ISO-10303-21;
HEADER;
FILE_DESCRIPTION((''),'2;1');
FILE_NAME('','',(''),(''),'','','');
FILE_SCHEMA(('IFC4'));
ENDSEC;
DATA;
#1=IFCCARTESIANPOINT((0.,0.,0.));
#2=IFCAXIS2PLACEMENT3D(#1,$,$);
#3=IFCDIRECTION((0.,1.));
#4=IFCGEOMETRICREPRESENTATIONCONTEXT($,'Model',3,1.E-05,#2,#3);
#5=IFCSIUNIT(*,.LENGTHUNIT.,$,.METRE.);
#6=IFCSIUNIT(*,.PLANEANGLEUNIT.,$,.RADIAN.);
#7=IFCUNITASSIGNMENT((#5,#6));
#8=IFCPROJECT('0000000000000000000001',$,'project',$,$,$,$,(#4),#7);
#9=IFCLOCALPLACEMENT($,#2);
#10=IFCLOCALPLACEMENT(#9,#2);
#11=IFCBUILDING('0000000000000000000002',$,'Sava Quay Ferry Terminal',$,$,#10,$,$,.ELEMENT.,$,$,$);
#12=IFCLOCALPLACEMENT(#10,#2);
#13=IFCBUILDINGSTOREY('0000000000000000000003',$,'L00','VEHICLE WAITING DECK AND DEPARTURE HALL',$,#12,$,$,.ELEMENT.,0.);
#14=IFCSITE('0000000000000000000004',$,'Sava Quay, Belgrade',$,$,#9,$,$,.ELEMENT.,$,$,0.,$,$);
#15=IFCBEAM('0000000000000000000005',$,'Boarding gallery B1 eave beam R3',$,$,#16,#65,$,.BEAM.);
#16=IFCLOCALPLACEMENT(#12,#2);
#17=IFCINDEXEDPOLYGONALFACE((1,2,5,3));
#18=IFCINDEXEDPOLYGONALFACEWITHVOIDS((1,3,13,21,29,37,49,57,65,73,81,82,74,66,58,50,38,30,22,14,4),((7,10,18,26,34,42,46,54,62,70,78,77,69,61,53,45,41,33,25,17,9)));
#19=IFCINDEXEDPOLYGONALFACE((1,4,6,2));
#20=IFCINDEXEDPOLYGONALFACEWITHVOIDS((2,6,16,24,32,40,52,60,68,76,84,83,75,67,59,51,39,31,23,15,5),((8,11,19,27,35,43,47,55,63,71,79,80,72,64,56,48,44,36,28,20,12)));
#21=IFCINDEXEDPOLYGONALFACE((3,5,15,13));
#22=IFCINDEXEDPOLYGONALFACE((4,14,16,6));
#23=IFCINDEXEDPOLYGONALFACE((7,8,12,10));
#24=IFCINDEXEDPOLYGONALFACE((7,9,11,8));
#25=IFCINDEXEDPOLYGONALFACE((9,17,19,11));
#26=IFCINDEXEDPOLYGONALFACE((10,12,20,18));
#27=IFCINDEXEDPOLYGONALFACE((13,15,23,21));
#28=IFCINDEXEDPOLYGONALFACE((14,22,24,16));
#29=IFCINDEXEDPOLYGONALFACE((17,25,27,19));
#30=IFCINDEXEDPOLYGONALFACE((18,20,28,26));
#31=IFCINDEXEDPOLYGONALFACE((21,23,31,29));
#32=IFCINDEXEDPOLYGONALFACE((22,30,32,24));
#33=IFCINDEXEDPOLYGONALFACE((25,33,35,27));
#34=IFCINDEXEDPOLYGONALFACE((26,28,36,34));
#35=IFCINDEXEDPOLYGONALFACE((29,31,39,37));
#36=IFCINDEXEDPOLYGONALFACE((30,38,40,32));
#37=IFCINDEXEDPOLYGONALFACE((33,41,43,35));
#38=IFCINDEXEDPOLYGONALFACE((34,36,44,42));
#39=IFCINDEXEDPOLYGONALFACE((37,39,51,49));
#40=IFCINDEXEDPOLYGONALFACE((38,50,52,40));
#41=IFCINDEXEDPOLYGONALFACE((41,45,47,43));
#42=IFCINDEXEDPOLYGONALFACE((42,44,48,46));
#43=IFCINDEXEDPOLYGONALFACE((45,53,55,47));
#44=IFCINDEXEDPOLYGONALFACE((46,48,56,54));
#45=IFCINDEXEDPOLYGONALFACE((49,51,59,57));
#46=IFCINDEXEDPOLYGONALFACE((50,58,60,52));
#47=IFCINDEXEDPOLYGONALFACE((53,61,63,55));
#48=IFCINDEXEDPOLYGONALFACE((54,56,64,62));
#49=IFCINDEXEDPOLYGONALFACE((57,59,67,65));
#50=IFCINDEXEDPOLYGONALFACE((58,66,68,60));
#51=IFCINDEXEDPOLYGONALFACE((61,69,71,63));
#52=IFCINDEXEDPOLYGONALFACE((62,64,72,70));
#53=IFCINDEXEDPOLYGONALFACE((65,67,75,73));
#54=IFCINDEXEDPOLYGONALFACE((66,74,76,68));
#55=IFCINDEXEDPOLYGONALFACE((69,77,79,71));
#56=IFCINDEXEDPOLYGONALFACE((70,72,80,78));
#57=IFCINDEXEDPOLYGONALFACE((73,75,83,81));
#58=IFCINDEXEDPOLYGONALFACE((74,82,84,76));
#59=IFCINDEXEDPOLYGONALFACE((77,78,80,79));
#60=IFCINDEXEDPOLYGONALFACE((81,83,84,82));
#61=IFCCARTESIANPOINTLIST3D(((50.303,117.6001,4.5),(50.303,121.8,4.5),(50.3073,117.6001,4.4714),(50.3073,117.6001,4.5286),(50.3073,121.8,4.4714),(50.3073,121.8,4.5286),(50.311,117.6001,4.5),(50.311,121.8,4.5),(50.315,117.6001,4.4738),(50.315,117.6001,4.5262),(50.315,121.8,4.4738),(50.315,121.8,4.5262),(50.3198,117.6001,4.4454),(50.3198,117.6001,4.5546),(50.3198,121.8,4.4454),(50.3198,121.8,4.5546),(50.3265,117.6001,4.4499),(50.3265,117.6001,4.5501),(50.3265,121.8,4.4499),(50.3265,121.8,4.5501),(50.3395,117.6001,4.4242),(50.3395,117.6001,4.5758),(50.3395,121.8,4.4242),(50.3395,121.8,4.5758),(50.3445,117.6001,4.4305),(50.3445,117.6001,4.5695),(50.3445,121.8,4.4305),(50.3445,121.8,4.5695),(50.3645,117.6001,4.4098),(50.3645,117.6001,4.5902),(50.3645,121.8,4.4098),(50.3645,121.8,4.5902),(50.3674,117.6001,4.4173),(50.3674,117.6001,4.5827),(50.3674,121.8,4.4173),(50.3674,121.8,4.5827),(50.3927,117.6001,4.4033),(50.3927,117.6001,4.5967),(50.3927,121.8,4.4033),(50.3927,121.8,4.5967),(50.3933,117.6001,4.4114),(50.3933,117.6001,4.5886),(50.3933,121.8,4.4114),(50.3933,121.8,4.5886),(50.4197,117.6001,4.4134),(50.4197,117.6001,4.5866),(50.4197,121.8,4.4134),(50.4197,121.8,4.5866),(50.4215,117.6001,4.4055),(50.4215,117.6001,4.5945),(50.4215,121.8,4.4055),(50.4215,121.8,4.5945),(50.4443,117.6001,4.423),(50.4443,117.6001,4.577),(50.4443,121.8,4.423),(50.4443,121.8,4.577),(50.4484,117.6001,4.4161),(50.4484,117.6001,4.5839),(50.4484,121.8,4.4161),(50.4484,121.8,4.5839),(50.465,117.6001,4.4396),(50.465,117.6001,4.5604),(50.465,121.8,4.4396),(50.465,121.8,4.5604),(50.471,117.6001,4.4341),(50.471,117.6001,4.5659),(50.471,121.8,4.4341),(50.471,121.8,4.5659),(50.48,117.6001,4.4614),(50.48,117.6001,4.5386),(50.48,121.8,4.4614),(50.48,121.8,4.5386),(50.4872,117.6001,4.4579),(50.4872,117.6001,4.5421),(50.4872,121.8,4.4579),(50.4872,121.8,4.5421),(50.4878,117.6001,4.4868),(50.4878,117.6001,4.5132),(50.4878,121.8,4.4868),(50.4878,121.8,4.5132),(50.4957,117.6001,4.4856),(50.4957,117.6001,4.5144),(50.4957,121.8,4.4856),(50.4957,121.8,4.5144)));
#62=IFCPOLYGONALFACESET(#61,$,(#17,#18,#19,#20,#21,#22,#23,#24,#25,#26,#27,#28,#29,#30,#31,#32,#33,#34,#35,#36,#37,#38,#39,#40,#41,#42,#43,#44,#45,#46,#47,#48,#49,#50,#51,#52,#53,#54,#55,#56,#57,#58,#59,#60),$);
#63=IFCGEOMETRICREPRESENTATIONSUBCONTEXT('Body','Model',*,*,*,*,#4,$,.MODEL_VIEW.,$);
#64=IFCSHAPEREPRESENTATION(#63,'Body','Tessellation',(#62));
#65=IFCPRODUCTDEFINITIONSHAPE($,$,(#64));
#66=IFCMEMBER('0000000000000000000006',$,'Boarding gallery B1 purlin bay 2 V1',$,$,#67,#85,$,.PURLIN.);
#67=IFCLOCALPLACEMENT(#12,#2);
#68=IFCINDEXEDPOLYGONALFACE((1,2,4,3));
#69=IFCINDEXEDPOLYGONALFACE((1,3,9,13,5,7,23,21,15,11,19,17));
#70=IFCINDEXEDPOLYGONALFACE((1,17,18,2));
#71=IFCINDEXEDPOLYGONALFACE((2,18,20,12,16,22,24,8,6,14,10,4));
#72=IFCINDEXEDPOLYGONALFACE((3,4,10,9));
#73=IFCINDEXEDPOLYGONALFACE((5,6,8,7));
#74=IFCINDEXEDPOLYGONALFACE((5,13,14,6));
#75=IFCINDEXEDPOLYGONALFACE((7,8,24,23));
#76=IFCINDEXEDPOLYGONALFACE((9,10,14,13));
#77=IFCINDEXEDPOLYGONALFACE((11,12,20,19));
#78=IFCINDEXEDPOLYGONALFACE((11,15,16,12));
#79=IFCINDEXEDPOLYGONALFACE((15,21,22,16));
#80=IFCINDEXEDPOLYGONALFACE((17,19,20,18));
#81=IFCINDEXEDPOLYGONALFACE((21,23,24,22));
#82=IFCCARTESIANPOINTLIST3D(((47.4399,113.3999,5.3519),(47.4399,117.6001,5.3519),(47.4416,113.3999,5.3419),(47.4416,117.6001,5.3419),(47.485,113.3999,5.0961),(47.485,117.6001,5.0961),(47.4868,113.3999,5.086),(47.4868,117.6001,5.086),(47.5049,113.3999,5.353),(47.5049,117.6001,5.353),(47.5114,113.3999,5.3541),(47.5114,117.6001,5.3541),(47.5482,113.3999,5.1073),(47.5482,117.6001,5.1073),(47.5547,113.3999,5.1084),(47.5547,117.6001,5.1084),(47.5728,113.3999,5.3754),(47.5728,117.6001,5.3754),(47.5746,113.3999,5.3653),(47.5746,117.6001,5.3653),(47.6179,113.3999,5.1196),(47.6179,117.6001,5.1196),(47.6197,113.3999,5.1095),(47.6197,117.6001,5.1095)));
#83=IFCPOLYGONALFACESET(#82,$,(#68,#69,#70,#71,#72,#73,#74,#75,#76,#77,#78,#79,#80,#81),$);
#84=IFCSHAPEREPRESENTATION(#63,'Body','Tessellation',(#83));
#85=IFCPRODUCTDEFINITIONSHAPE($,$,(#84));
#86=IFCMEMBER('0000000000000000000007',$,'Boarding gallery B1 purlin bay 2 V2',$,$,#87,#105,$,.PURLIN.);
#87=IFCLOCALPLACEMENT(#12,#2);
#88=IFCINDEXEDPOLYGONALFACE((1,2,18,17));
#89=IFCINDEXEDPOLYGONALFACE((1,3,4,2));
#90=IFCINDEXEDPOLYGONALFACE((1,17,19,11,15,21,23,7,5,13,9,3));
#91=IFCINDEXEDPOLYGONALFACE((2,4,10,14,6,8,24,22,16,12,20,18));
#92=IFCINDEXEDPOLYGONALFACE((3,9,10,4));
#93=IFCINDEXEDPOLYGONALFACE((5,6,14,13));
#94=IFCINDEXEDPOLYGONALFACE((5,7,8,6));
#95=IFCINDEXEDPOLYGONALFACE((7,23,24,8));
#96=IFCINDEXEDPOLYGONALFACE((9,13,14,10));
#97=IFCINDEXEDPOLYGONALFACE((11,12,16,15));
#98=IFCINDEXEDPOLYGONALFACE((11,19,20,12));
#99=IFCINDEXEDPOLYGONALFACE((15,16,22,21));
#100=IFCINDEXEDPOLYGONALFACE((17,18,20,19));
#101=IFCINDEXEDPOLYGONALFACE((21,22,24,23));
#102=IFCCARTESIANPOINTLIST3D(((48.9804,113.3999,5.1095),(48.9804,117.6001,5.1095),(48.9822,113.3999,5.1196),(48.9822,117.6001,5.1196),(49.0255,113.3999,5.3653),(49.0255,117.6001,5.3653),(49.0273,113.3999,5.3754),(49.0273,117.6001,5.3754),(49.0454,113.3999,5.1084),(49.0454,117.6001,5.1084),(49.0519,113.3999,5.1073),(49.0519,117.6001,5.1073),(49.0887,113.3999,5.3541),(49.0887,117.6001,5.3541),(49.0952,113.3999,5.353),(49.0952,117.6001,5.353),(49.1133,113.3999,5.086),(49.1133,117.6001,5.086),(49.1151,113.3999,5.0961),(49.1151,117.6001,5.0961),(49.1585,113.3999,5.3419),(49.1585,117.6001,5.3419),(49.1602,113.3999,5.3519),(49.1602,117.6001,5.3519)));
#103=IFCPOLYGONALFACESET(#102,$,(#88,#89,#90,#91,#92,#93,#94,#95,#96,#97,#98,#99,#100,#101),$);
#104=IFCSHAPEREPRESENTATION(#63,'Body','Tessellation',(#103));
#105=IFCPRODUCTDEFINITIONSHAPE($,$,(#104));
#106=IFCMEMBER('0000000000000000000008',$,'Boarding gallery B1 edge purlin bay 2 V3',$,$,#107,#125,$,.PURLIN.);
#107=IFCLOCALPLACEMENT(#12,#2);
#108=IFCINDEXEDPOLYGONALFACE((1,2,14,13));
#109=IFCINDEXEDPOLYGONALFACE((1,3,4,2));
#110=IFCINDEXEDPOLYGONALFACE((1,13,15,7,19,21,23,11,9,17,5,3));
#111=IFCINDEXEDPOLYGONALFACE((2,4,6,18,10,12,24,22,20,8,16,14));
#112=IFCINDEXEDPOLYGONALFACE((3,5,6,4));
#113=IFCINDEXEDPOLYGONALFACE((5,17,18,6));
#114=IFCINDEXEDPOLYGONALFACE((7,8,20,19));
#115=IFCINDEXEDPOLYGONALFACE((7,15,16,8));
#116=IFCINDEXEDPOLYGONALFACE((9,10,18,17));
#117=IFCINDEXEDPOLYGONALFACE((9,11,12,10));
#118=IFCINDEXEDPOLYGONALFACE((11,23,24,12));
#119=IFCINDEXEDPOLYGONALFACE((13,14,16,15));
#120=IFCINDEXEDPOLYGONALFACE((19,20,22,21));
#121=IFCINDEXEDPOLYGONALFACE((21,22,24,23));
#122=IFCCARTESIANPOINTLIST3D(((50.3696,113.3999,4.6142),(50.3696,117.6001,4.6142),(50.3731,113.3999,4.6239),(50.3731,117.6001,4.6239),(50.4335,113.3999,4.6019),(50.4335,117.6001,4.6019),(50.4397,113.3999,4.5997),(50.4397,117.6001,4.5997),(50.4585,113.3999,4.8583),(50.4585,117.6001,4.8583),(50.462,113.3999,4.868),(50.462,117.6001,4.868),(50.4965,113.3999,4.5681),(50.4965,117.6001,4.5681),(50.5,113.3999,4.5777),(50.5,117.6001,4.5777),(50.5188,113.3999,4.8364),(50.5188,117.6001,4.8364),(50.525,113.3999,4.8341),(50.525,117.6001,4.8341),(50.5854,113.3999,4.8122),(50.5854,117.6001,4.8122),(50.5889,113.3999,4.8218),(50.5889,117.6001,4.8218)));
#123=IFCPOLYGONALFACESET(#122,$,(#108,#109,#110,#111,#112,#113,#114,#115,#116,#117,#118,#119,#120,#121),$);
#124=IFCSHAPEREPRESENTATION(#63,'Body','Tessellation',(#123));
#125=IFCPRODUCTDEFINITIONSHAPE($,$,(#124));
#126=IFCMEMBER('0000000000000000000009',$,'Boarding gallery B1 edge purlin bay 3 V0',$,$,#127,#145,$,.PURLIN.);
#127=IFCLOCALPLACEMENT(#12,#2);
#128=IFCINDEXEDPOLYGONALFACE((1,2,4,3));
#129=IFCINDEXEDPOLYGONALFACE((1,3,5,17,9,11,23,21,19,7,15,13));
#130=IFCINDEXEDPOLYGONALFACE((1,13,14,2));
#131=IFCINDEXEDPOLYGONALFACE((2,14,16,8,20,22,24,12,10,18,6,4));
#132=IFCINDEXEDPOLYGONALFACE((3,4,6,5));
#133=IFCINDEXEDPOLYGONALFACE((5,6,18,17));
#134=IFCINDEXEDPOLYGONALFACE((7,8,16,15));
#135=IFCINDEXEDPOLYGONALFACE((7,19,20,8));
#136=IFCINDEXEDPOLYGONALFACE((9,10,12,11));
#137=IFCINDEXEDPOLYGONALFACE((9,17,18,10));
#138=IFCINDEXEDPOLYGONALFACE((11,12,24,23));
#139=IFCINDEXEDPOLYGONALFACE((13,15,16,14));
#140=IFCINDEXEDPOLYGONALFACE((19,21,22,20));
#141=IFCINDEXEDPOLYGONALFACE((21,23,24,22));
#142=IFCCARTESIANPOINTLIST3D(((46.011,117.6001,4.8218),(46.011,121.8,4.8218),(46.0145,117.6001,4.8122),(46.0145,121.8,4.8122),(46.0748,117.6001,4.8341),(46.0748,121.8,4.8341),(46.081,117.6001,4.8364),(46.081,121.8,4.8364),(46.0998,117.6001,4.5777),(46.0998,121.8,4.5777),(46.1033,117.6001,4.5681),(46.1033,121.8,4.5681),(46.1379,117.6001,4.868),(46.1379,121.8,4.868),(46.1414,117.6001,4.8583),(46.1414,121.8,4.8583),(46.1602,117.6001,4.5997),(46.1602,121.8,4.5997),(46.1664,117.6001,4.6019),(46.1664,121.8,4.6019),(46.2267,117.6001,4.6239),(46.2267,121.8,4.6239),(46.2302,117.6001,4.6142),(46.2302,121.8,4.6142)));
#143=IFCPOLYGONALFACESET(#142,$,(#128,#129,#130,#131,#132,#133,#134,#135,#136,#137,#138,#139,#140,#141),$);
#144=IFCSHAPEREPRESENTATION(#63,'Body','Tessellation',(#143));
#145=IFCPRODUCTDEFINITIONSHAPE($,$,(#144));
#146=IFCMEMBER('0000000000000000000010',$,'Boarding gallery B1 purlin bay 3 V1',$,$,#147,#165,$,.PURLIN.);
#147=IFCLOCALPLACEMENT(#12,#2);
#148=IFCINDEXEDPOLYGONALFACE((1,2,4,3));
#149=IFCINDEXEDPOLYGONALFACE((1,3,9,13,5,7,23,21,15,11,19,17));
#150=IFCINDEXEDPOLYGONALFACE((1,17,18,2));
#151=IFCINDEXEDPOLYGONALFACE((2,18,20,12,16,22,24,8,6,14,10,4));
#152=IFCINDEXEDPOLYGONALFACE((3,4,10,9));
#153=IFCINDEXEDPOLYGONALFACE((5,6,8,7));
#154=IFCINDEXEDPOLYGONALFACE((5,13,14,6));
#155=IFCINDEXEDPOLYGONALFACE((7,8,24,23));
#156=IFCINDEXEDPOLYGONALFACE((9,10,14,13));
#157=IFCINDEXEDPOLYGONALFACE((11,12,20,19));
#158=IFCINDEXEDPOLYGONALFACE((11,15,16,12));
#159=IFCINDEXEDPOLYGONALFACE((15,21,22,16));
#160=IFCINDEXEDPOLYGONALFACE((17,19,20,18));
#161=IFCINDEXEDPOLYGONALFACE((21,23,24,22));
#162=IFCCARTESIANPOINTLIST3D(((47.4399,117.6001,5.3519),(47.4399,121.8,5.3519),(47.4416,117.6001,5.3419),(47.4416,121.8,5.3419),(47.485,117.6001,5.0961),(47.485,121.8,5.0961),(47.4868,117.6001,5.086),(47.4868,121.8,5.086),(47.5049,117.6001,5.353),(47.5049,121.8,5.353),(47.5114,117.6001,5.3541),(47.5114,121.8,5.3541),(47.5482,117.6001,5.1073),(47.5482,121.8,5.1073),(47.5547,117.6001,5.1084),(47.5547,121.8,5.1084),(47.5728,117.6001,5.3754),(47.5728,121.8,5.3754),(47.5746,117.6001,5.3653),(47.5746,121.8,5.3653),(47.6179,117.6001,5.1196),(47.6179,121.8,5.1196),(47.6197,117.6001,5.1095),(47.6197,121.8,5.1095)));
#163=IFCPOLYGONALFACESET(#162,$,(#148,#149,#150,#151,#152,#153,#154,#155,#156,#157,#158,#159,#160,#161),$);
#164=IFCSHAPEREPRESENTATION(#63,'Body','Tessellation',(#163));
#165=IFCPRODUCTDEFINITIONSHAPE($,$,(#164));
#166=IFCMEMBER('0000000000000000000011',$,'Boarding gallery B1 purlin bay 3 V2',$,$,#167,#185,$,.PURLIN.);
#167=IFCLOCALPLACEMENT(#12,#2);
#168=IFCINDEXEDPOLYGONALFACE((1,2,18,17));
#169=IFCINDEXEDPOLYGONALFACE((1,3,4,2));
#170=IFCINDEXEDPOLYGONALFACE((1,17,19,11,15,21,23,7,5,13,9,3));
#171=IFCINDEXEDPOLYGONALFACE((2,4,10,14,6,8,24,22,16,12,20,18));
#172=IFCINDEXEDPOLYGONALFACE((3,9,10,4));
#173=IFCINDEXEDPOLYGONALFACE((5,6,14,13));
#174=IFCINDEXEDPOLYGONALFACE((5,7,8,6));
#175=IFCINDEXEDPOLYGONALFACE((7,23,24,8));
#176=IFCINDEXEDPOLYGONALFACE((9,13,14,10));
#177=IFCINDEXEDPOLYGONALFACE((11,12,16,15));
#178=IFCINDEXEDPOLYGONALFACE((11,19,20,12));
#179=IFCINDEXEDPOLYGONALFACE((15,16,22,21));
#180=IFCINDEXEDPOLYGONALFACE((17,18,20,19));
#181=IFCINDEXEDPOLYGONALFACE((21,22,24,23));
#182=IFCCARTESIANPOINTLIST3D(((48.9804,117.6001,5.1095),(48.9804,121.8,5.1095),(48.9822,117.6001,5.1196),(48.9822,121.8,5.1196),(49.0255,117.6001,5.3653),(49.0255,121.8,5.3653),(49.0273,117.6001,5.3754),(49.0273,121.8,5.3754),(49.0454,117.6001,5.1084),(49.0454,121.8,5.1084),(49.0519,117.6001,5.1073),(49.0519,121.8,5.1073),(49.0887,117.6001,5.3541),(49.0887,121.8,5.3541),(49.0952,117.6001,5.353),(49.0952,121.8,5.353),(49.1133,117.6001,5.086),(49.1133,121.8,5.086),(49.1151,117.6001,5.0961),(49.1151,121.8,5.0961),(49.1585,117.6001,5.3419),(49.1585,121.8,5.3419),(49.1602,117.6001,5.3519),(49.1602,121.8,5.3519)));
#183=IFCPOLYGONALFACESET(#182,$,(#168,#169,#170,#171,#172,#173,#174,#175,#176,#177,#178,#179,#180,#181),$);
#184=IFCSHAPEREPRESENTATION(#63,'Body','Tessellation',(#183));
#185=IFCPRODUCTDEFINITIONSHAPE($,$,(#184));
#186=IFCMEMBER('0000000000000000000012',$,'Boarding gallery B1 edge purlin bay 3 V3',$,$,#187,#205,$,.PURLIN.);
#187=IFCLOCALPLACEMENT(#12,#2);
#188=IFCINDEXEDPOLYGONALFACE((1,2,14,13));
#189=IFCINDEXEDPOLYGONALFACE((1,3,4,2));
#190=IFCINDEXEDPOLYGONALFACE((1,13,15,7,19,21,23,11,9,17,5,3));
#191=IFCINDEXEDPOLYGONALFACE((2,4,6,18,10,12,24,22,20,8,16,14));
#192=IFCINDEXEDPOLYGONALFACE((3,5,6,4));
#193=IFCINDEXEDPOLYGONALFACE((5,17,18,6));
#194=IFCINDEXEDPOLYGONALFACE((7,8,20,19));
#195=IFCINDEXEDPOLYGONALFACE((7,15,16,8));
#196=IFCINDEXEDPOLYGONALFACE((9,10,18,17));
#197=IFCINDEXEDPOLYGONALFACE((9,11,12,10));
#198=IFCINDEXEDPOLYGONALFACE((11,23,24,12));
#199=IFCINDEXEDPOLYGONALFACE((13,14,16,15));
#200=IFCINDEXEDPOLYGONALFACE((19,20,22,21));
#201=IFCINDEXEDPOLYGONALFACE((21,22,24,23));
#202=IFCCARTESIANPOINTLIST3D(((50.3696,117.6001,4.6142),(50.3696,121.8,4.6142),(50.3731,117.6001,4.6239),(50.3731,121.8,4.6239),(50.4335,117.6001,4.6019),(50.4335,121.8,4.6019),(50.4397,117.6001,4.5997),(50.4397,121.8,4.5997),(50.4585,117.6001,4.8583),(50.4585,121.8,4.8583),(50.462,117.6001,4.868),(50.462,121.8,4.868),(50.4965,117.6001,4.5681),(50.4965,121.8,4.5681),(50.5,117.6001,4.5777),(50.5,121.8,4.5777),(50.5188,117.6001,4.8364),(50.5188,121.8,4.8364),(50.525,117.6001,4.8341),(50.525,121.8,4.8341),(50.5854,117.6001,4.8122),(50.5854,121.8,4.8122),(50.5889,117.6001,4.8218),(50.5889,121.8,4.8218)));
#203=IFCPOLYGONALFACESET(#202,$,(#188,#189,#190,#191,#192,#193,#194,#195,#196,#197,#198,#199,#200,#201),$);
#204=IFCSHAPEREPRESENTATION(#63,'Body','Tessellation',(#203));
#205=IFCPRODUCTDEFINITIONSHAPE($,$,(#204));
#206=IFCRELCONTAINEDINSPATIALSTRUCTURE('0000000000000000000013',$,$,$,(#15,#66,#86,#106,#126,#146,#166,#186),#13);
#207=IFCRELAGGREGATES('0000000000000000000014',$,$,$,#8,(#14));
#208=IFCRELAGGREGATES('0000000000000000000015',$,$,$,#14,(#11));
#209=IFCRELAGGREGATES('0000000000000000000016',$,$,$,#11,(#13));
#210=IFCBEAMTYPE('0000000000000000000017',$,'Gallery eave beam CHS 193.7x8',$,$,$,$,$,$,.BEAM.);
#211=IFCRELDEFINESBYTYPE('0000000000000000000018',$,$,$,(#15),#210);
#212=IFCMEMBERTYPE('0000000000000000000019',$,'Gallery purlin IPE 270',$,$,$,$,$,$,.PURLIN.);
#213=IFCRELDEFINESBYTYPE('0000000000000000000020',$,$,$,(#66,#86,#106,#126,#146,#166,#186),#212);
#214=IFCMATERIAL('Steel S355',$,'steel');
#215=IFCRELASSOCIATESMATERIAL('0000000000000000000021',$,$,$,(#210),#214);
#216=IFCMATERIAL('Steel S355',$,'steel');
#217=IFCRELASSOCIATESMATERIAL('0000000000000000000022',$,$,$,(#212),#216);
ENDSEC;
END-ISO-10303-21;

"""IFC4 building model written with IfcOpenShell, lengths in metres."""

from ifc_helpers import new_model, si_unit, direction, frame, origin, origin_2d, place, context, subcontext, project, spatial, hollow_circle, i_section, extrude, material, material_profile, profile_set, type_object, element, save


model = new_model("IFC4")

# Units and contexts
model_context = context("Model", 3, precision=1e-05, world=origin(), true_north=direction((0.0, 1.0)))
body_context = subcontext(model_context, "Body", "Model", "MODEL_VIEW")
ifc_project = project(units=[si_unit("LENGTHUNIT", "METRE"), si_unit("PLANEANGLEUNIT", "RADIAN")], contexts=[model_context])

# Site, building, storey
site_placement = place(None, origin())
site = spatial("IfcSite", under=ifc_project, at=site_placement, Name="Sava Quay, Belgrade", CompositionType="ELEMENT", RefElevation=0.0)
building_placement = place(site_placement, origin())
building = spatial("IfcBuilding", under=site, at=building_placement, Name="Sava Quay Ferry Terminal", CompositionType="ELEMENT")
storey_placement = place(building_placement, origin())
storey = spatial("IfcBuildingStorey", under=building, at=storey_placement, Name="L00", Description="VEHICLE WAITING DECK AND DEPARTURE HALL", CompositionType="ELEMENT", Elevation=0.0)

# Beam
ifc_material_1 = material(Name="Steel S355", Category="steel")
ifc_material_profile_1 = material_profile(ifc_material_1, hollow_circle(Radius=0.0969, WallThickness=0.0081, at=origin_2d()), Name="CHS 193.7 x 8.0")
ifc_profile_set_1 = profile_set([ifc_material_profile_1], Name="Steel S355")
beam_type_1 = type_object("IfcBeamType", Name="Gallery eave beam CHS 193.7x8", PredefinedType="BEAM", material=ifc_profile_set_1)
beam_1_placement = place(storey_placement, frame((50.3999, 117.6001, 4.5), z_axis=(0.0, 1.0, 0.0), x_axis=(-1.0, 0.0, 0.0)))
element("IfcBeam", 1, at=beam_1_placement, inside=storey, type_object=beam_type_1, Name="Boarding gallery B1 eave beam R3", PredefinedType="BEAM", context=body_context, shape_type="SweptSolid", body=[
    extrude(hollow_circle(Radius=0.0969, WallThickness=0.0081, at=origin_2d()), origin(), (0.0, 0.0, 1.0), 4.2),
])

# Members
ifc_material_2 = material(Name="Steel S355", Category="steel")
ifc_material_profile_2 = material_profile(ifc_material_2, i_section(OverallWidth=0.135, OverallDepth=0.27, WebThickness=0.0066, FlangeThickness=0.0103, at=origin_2d()), Name="IPE 270")
ifc_profile_set_2 = profile_set([ifc_material_profile_2], Name="Steel S355")
member_type_1 = type_object("IfcMemberType", Name="Gallery purlin IPE 270", PredefinedType="PURLIN", material=ifc_profile_set_2)
for number, where, z_axis, x_axis, name in (
    (2, (47.5298, 113.3999, 5.2307), (0.0, 1.0, 0.0), (-0.984808, 0.0, -0.173648), "Boarding gallery B1 purlin bay 2 V1"),
    (3, (49.0703, 113.3999, 5.2307), (0.0, 1.0, 0.0), (-0.984808, 0.0, 0.173648), "Boarding gallery B1 purlin bay 2 V2"),
    (4, (50.4792, 113.3999, 4.718), (0.0, 1.0, 0.0), (-0.939693, 0.0, 0.34202), "Boarding gallery B1 edge purlin bay 2 V3"),
):
    element("IfcMember", number, at=place(storey_placement, frame(where, z_axis=z_axis, x_axis=x_axis)), inside=storey, type_object=member_type_1, Name=name, PredefinedType="PURLIN", context=body_context, shape_type="SweptSolid", body=[
        extrude(i_section(OverallWidth=0.135, OverallDepth=0.27, WebThickness=0.0066, FlangeThickness=0.0103, at=origin_2d()), origin(), (0.0, 0.0, 1.0), 4.2002),
    ])
for number, where, z_axis, x_axis, name in (
    (5, (46.1206, 117.6001, 4.718), (0.0, 1.0, 0.0), (-0.939693, 0.0, -0.34202), "Boarding gallery B1 edge purlin bay 3 V0"),
    (6, (47.5298, 117.6001, 5.2307), (0.0, 1.0, 0.0), (-0.984808, 0.0, -0.173648), "Boarding gallery B1 purlin bay 3 V1"),
    (7, (49.0703, 117.6001, 5.2307), (0.0, 1.0, 0.0), (-0.984808, 0.0, 0.173648), "Boarding gallery B1 purlin bay 3 V2"),
    (8, (50.4792, 117.6001, 4.718), (0.0, 1.0, 0.0), (-0.939693, 0.0, 0.34202), "Boarding gallery B1 edge purlin bay 3 V3"),
):
    element("IfcMember", number, at=place(storey_placement, frame(where, z_axis=z_axis, x_axis=x_axis)), inside=storey, type_object=member_type_1, Name=name, PredefinedType="PURLIN", context=body_context, shape_type="SweptSolid", body=[
        extrude(i_section(OverallWidth=0.135, OverallDepth=0.27, WebThickness=0.0066, FlangeThickness=0.0103, at=origin_2d()), origin(), (0.0, 0.0, 1.0), 4.2),
    ])

save(model, "model.ifc")
